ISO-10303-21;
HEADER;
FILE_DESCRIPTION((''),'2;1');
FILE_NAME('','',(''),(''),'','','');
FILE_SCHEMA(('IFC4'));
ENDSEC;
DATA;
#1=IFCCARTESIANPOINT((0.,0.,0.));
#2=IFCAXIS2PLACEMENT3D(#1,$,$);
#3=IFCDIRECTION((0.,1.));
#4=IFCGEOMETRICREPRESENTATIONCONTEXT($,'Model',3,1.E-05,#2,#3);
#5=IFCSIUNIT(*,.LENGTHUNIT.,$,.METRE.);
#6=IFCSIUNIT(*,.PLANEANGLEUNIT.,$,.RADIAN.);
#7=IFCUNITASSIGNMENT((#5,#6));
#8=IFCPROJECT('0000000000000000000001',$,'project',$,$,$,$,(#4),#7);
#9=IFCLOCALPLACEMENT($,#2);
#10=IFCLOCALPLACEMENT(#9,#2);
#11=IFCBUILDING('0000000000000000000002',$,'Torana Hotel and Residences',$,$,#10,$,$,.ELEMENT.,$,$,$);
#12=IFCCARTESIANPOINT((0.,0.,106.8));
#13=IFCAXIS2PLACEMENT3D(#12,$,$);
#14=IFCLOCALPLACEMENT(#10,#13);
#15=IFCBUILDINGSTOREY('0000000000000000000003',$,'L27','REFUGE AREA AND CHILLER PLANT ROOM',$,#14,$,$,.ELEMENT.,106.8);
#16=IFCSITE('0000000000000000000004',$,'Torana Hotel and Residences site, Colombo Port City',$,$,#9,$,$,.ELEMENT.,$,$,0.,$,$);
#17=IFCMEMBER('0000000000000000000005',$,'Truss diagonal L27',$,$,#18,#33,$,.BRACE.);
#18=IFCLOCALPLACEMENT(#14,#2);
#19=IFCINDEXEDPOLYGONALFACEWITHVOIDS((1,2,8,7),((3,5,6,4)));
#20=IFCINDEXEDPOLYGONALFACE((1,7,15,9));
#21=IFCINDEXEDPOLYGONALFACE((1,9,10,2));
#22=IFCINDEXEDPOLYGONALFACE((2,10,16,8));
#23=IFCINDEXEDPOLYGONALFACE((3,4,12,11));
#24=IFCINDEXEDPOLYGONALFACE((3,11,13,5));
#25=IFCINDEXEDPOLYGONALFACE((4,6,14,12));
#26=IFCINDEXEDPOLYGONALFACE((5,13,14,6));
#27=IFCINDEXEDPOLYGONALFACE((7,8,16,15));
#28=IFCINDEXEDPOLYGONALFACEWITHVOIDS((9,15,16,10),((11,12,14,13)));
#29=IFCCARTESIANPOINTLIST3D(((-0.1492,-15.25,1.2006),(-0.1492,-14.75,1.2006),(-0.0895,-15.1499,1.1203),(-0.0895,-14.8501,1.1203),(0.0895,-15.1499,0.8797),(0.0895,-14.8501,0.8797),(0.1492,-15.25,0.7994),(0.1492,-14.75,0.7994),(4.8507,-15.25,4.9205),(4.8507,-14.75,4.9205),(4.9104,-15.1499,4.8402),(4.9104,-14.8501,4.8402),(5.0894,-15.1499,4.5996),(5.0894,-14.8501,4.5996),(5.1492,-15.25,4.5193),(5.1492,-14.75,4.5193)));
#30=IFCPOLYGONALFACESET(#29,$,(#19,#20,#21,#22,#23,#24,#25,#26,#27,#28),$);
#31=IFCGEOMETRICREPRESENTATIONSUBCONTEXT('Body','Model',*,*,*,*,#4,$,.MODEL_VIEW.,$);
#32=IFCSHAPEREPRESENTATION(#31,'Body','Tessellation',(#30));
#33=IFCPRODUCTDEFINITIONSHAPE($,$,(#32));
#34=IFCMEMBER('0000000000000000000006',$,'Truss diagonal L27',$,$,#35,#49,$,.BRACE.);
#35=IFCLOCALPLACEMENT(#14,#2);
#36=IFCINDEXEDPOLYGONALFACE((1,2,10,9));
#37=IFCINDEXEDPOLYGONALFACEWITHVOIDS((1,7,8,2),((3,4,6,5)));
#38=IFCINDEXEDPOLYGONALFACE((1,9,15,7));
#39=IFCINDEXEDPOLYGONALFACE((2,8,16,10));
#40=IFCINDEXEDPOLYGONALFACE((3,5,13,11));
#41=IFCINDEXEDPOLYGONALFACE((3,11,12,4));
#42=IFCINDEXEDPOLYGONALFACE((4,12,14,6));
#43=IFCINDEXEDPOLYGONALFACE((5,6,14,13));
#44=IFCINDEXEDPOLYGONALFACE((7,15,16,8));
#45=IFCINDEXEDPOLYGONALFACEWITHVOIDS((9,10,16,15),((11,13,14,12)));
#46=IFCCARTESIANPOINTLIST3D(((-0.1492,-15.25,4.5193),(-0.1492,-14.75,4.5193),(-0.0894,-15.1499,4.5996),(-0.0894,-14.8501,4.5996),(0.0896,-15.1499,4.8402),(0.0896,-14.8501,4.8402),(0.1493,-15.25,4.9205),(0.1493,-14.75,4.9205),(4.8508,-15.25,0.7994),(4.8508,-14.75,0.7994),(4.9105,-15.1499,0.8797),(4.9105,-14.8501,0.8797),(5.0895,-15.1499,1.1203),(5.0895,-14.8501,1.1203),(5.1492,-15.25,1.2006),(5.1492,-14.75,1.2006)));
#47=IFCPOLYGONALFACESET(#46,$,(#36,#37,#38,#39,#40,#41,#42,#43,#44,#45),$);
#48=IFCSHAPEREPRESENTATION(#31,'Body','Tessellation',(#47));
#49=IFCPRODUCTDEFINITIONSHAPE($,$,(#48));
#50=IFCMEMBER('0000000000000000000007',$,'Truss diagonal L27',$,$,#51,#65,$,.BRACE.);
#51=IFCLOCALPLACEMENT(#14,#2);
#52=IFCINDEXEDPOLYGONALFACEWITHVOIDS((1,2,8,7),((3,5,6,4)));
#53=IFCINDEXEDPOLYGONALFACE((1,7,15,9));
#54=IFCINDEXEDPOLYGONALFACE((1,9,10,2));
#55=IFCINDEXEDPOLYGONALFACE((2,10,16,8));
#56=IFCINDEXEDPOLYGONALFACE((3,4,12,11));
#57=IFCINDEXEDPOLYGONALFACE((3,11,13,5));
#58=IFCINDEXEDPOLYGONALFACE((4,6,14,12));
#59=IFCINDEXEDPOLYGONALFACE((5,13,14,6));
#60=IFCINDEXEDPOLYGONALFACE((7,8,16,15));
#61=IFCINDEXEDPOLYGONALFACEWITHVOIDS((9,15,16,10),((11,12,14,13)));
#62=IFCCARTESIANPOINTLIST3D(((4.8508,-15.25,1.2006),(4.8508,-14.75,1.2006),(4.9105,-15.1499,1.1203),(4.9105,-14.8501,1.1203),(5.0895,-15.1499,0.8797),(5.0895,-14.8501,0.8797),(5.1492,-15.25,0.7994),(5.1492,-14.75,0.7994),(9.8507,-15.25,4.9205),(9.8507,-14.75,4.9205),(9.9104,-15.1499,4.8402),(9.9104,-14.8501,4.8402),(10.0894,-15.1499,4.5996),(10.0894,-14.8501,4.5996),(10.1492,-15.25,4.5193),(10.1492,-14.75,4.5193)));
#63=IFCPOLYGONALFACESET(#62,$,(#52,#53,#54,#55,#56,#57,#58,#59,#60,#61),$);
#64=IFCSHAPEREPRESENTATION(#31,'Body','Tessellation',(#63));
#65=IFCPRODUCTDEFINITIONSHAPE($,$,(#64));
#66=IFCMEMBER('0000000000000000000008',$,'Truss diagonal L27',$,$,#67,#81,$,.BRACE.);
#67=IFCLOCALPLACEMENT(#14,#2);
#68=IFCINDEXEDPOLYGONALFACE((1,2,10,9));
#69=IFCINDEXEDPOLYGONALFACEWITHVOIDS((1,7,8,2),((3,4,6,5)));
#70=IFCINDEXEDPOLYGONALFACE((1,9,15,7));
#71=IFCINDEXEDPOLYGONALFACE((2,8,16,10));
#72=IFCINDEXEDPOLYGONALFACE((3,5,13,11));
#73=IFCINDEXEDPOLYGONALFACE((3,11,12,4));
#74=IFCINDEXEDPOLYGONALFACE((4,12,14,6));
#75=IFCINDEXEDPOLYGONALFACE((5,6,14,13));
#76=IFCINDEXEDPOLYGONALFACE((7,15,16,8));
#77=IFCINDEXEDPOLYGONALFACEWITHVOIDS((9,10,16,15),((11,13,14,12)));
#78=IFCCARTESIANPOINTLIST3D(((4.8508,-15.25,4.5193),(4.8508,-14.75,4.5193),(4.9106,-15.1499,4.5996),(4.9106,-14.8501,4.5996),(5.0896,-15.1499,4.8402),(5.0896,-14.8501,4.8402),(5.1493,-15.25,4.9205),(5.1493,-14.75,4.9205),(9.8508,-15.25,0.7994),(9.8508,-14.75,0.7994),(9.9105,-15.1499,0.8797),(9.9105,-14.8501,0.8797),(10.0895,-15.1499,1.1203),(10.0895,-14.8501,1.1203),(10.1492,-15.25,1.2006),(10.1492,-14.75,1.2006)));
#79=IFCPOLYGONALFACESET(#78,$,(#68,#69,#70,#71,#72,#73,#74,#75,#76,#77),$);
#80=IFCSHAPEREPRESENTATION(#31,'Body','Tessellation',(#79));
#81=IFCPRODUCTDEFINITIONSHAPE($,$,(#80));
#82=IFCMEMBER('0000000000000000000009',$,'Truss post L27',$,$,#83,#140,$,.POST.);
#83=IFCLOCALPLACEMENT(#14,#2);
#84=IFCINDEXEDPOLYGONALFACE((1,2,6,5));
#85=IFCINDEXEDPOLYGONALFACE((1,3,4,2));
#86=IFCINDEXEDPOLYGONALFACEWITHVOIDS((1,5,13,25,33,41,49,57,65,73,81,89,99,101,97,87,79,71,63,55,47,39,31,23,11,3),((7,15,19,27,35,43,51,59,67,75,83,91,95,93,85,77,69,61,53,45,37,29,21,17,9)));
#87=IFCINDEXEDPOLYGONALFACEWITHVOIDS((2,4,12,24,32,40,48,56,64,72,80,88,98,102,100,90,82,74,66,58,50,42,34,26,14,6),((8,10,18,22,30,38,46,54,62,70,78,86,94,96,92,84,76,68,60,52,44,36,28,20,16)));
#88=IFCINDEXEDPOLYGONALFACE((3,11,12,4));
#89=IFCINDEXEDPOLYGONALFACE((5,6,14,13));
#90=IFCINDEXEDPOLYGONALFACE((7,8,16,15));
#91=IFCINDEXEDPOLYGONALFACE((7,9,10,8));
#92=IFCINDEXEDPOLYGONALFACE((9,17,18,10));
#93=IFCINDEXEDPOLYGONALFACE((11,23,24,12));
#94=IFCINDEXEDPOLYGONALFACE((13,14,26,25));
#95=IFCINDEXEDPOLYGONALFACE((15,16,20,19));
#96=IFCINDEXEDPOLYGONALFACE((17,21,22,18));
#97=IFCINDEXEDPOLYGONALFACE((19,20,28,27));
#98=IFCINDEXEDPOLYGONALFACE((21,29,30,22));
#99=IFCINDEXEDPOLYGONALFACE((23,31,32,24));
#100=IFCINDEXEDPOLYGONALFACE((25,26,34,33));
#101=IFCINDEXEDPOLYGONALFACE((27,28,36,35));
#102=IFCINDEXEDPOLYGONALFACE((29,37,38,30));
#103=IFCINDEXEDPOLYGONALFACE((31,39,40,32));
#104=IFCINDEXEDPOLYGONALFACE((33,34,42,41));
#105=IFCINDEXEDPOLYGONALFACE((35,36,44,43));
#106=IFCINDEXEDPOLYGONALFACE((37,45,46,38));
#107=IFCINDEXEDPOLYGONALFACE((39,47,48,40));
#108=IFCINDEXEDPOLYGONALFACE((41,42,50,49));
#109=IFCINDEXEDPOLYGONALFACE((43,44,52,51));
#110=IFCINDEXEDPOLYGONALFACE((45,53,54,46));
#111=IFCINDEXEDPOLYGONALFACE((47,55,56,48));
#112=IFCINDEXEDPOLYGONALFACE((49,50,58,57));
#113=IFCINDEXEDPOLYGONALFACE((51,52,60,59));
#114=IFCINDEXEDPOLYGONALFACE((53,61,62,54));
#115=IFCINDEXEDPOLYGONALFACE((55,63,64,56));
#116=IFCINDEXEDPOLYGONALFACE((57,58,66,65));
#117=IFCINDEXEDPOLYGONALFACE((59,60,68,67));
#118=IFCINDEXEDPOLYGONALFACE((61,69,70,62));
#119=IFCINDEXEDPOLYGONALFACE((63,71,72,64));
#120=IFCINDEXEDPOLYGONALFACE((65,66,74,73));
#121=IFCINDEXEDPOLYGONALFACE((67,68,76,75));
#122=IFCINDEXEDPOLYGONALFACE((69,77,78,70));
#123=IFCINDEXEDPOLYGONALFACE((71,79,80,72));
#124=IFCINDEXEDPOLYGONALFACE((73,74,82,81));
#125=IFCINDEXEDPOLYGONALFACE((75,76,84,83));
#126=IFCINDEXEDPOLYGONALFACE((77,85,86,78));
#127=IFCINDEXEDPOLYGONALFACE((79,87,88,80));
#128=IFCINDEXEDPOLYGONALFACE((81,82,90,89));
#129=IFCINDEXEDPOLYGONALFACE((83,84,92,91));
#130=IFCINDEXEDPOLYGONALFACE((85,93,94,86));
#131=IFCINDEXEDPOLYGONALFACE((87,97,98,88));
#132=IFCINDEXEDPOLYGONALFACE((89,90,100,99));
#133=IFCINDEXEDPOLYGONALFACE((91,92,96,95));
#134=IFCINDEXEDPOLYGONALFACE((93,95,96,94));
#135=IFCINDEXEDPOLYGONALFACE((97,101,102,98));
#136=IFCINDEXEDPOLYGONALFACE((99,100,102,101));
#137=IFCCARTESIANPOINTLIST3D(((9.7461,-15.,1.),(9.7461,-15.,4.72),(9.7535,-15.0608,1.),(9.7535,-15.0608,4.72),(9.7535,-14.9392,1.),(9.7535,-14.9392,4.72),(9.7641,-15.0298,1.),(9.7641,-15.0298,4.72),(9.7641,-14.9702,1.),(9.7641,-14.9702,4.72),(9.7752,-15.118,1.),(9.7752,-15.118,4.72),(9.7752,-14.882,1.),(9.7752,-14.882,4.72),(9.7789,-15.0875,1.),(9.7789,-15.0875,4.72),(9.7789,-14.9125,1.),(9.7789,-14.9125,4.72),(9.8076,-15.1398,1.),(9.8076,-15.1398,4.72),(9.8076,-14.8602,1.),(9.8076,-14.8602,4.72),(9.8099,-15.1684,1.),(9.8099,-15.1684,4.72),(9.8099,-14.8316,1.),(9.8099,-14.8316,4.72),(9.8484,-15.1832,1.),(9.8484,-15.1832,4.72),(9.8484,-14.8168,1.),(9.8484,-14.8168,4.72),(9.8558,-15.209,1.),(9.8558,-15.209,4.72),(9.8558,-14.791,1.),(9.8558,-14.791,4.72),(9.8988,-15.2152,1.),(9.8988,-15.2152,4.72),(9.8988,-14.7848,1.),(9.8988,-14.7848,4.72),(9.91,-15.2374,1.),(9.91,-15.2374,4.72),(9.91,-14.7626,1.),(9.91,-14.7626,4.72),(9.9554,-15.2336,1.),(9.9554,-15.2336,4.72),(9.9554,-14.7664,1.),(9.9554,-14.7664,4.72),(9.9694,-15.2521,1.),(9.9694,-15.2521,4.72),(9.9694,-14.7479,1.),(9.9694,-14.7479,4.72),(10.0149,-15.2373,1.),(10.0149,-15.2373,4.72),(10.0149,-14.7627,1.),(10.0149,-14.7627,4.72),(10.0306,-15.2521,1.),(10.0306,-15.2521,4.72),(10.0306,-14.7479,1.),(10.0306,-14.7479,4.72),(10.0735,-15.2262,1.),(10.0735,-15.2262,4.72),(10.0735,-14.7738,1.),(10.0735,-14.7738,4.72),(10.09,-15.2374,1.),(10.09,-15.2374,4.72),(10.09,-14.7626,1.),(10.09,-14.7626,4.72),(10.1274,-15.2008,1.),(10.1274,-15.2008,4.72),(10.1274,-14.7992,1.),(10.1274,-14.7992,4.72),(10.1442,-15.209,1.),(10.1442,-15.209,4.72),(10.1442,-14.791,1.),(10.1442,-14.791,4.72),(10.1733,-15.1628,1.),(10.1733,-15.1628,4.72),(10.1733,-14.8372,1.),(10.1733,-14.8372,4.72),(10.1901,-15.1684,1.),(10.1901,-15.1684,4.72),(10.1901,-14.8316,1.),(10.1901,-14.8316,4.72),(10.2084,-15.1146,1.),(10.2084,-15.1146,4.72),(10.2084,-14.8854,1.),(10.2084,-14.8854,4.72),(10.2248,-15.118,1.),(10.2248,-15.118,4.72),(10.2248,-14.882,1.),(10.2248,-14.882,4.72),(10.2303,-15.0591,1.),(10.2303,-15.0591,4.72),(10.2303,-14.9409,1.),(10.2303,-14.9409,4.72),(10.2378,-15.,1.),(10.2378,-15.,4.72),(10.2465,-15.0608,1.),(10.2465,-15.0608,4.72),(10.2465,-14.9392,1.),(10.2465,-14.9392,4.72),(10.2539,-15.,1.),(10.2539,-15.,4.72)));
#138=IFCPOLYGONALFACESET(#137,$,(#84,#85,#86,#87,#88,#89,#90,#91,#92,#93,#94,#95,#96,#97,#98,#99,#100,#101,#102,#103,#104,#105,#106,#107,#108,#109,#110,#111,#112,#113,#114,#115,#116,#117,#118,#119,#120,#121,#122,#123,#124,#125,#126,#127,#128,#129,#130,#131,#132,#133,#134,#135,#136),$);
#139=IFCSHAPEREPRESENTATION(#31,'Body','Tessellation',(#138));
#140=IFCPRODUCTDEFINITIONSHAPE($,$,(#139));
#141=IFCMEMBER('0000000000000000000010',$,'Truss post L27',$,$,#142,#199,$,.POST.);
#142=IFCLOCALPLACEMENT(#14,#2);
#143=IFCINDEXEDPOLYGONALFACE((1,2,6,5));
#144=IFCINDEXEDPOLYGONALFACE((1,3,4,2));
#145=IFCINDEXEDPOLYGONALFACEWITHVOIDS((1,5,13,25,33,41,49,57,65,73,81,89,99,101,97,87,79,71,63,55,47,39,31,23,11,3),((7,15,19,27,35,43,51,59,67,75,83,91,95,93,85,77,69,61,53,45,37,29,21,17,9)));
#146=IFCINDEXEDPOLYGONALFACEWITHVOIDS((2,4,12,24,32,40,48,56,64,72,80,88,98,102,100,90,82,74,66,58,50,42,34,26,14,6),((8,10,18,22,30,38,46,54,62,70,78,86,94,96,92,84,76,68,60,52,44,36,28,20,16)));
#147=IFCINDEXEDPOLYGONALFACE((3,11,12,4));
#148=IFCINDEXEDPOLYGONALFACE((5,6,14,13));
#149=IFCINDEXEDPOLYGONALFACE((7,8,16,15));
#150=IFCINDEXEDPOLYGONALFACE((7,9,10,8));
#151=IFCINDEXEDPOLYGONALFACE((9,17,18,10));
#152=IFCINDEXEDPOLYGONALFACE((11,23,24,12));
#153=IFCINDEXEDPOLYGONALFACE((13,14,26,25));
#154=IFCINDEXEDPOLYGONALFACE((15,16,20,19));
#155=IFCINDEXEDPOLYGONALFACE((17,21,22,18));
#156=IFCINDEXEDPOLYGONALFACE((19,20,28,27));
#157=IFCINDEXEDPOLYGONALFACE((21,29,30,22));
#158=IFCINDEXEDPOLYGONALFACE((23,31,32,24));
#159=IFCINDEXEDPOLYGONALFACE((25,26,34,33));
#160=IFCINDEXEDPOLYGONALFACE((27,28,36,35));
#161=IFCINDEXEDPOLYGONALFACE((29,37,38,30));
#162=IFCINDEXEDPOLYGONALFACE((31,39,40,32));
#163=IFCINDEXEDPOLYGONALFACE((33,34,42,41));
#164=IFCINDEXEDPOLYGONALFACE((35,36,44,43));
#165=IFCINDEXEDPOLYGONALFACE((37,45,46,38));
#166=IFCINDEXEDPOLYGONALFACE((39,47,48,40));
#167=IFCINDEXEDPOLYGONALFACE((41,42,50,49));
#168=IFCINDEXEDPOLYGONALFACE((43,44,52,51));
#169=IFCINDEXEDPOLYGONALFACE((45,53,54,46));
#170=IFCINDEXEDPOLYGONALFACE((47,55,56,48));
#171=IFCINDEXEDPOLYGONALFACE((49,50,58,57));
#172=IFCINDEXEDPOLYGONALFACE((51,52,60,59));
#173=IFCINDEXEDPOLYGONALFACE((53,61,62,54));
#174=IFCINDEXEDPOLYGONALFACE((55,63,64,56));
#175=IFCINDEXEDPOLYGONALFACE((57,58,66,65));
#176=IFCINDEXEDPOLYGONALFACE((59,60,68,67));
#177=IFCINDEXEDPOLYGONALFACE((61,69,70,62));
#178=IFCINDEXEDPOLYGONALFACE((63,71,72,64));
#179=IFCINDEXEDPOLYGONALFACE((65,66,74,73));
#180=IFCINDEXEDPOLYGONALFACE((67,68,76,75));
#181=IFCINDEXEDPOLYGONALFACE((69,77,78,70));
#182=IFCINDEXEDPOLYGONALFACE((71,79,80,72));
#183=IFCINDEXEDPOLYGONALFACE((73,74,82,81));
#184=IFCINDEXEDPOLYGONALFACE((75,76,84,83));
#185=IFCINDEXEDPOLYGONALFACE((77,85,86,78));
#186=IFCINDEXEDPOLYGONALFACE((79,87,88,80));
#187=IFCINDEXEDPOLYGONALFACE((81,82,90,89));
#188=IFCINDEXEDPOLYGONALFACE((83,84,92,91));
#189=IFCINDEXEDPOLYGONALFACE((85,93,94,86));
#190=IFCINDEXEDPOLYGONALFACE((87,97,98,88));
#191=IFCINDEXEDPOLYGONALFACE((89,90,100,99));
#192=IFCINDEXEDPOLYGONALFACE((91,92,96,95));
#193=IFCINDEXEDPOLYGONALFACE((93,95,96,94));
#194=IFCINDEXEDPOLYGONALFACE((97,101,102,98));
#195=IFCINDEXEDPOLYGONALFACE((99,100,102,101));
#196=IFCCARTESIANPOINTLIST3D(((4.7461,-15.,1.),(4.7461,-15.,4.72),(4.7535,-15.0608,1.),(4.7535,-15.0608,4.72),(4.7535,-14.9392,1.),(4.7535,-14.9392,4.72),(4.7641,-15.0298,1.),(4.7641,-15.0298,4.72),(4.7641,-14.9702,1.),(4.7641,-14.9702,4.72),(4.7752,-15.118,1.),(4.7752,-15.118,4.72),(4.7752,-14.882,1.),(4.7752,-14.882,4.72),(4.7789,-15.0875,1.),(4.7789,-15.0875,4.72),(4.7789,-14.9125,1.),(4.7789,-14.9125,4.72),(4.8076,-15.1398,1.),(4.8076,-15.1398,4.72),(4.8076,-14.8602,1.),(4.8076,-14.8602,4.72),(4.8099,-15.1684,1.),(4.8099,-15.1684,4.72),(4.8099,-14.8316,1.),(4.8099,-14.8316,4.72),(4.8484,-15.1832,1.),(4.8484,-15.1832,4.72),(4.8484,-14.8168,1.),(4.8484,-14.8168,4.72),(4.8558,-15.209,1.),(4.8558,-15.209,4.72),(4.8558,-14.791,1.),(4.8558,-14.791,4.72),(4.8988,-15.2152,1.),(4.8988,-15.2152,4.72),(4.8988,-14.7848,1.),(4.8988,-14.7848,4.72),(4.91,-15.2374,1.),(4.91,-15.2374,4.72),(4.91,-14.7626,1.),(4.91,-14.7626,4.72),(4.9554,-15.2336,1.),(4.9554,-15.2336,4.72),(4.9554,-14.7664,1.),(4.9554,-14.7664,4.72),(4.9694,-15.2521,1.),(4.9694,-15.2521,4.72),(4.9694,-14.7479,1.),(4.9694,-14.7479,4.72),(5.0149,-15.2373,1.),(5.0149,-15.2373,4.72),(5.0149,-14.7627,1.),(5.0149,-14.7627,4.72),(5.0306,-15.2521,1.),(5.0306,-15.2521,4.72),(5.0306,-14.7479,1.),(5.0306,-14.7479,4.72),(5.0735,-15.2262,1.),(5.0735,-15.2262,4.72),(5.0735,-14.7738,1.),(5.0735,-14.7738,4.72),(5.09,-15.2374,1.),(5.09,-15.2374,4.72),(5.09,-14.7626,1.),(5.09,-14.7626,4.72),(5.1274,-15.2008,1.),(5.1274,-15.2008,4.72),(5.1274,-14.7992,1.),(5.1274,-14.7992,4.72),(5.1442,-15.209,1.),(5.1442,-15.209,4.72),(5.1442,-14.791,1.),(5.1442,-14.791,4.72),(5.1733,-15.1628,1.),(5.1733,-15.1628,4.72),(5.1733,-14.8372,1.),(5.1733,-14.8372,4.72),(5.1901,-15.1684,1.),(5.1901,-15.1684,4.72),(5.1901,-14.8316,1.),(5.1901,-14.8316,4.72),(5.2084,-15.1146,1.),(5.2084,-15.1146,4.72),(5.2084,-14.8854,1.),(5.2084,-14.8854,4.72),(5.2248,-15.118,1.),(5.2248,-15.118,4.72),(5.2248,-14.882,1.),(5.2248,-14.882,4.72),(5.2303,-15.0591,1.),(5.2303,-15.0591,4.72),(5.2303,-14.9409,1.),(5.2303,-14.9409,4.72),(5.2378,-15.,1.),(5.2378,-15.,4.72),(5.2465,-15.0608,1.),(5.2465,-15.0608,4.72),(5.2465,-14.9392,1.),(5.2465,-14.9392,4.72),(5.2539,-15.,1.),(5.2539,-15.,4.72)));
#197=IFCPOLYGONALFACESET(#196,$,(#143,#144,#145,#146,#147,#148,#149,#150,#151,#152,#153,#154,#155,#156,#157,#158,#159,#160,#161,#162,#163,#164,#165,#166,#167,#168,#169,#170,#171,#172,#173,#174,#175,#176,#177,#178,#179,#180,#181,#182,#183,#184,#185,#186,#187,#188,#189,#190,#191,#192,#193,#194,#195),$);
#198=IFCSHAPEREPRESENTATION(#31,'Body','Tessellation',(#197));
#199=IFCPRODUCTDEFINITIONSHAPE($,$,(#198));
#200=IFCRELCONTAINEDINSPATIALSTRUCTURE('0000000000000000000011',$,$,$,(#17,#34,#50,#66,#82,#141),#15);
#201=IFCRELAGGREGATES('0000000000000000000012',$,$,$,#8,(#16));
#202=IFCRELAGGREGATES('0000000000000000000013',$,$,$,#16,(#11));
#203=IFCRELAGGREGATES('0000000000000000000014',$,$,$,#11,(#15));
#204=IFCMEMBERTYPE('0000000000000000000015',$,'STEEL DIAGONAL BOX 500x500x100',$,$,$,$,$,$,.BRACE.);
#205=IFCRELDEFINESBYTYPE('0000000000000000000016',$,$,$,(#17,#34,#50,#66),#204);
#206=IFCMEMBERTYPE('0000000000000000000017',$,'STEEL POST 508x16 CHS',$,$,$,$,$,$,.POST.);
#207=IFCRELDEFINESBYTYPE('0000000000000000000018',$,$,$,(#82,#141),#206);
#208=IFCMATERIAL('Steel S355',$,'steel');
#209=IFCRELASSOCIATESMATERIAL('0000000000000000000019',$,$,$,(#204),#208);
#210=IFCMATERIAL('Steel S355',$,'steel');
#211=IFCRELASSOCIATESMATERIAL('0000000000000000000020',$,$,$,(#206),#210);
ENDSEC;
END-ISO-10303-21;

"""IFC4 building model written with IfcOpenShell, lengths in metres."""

from ifc_helpers import new_model, si_unit, direction, frame, origin, origin_2d, place, context, subcontext, project, spatial, hollow_rectangle, hollow_circle, extrude, material, material_profile, profile_set, type_object, element, save


model = new_model("IFC4")

# Units and contexts
model_context = context("Model", 3, precision=1e-05, world=origin(), true_north=direction((0.0, 1.0)))
body_context = subcontext(model_context, "Body", "Model", "MODEL_VIEW")
ifc_project = project(units=[si_unit("LENGTHUNIT", "METRE"), si_unit("PLANEANGLEUNIT", "RADIAN")], contexts=[model_context])

# Site, building, storey
site_placement = place(None, origin())
site = spatial("IfcSite", under=ifc_project, at=site_placement, Name="Torana Hotel and Residences site, Colombo Port City", CompositionType="ELEMENT", RefElevation=0.0)
building_placement = place(site_placement, origin())
building = spatial("IfcBuilding", under=site, at=building_placement, Name="Torana Hotel and Residences", CompositionType="ELEMENT")
storey_placement = place(building_placement, frame((0.0, 0.0, 106.8)))
storey = spatial("IfcBuildingStorey", under=building, at=storey_placement, Name="L27", Description="REFUGE AREA AND CHILLER PLANT ROOM", CompositionType="ELEMENT", Elevation=106.8)

# Members
ifc_material_1 = material(Name="Steel S355", Category="steel")
ifc_material_profile_1 = material_profile(ifc_material_1, hollow_rectangle(XDim=0.5, YDim=0.5, WallThickness=0.1001, at=origin_2d()), Name="BOX 500x500x100")
ifc_profile_set_1 = profile_set([ifc_material_profile_1], Name="Steel S355")
member_type_1 = type_object("IfcMemberType", Name="STEEL DIAGONAL BOX 500x500x100", PredefinedType="BRACE", material=ifc_profile_set_1)
for number, where, z_axis, x_axis, name in (
    (1, (0.0, -15.0, 1.0), (0.802307, 0.0, 0.596912), (0.0, 1.0, 0.0), "Truss diagonal L27"),
    (2, (5.0, -15.0, 1.0), (-0.802307, 0.0, 0.596912), (0.0, -1.0, 0.0), "Truss diagonal L27"),
    (3, (5.0, -15.0, 1.0), (0.802307, 0.0, 0.596912), (0.0, 1.0, 0.0), "Truss diagonal L27"),
    (4, (10.0, -15.0, 1.0), (-0.802307, 0.0, 0.596912), (0.0, -1.0, 0.0), "Truss diagonal L27"),
):
    element("IfcMember", number, at=place(storey_placement, frame(where, z_axis=z_axis, x_axis=x_axis)), inside=storey, type_object=member_type_1, Name=name, PredefinedType="BRACE", context=body_context, shape_type="SweptSolid", body=[
        extrude(hollow_rectangle(XDim=0.5, YDim=0.5, WallThickness=0.1001, at=origin_2d()), origin(), (0.0, 0.0, 1.0), 6.2319),
    ])
ifc_material_2 = material(Name="Steel S355", Category="steel")
ifc_material_profile_2 = material_profile(ifc_material_2, hollow_circle(Radius=0.2539, WallThickness=0.0161, at=origin_2d()), Name="508x16 CHS")
ifc_profile_set_2 = profile_set([ifc_material_profile_2], Name="Steel S355")
member_type_2 = type_object("IfcMemberType", Name="STEEL POST 508x16 CHS", PredefinedType="POST", material=ifc_profile_set_2)
for number, where, z_axis, x_axis, name in (
    (5, (10.0, -15.0, 1.0), (0.0, 0.0, 1.0), (1.0, 0.0, 0.0), "Truss post L27"),
    (6, (5.0, -15.0, 1.0), (0.0, 0.0, 1.0), (1.0, 0.0, 0.0), "Truss post L27"),
):
    element("IfcMember", number, at=place(storey_placement, frame(where, z_axis=z_axis, x_axis=x_axis)), inside=storey, type_object=member_type_2, Name=name, PredefinedType="POST", context=body_context, shape_type="SweptSolid", body=[
        extrude(hollow_circle(Radius=0.2539, WallThickness=0.0161, at=origin_2d()), origin(), (0.0, 0.0, 1.0), 3.72),
    ])

save(model, "model.ifc")
